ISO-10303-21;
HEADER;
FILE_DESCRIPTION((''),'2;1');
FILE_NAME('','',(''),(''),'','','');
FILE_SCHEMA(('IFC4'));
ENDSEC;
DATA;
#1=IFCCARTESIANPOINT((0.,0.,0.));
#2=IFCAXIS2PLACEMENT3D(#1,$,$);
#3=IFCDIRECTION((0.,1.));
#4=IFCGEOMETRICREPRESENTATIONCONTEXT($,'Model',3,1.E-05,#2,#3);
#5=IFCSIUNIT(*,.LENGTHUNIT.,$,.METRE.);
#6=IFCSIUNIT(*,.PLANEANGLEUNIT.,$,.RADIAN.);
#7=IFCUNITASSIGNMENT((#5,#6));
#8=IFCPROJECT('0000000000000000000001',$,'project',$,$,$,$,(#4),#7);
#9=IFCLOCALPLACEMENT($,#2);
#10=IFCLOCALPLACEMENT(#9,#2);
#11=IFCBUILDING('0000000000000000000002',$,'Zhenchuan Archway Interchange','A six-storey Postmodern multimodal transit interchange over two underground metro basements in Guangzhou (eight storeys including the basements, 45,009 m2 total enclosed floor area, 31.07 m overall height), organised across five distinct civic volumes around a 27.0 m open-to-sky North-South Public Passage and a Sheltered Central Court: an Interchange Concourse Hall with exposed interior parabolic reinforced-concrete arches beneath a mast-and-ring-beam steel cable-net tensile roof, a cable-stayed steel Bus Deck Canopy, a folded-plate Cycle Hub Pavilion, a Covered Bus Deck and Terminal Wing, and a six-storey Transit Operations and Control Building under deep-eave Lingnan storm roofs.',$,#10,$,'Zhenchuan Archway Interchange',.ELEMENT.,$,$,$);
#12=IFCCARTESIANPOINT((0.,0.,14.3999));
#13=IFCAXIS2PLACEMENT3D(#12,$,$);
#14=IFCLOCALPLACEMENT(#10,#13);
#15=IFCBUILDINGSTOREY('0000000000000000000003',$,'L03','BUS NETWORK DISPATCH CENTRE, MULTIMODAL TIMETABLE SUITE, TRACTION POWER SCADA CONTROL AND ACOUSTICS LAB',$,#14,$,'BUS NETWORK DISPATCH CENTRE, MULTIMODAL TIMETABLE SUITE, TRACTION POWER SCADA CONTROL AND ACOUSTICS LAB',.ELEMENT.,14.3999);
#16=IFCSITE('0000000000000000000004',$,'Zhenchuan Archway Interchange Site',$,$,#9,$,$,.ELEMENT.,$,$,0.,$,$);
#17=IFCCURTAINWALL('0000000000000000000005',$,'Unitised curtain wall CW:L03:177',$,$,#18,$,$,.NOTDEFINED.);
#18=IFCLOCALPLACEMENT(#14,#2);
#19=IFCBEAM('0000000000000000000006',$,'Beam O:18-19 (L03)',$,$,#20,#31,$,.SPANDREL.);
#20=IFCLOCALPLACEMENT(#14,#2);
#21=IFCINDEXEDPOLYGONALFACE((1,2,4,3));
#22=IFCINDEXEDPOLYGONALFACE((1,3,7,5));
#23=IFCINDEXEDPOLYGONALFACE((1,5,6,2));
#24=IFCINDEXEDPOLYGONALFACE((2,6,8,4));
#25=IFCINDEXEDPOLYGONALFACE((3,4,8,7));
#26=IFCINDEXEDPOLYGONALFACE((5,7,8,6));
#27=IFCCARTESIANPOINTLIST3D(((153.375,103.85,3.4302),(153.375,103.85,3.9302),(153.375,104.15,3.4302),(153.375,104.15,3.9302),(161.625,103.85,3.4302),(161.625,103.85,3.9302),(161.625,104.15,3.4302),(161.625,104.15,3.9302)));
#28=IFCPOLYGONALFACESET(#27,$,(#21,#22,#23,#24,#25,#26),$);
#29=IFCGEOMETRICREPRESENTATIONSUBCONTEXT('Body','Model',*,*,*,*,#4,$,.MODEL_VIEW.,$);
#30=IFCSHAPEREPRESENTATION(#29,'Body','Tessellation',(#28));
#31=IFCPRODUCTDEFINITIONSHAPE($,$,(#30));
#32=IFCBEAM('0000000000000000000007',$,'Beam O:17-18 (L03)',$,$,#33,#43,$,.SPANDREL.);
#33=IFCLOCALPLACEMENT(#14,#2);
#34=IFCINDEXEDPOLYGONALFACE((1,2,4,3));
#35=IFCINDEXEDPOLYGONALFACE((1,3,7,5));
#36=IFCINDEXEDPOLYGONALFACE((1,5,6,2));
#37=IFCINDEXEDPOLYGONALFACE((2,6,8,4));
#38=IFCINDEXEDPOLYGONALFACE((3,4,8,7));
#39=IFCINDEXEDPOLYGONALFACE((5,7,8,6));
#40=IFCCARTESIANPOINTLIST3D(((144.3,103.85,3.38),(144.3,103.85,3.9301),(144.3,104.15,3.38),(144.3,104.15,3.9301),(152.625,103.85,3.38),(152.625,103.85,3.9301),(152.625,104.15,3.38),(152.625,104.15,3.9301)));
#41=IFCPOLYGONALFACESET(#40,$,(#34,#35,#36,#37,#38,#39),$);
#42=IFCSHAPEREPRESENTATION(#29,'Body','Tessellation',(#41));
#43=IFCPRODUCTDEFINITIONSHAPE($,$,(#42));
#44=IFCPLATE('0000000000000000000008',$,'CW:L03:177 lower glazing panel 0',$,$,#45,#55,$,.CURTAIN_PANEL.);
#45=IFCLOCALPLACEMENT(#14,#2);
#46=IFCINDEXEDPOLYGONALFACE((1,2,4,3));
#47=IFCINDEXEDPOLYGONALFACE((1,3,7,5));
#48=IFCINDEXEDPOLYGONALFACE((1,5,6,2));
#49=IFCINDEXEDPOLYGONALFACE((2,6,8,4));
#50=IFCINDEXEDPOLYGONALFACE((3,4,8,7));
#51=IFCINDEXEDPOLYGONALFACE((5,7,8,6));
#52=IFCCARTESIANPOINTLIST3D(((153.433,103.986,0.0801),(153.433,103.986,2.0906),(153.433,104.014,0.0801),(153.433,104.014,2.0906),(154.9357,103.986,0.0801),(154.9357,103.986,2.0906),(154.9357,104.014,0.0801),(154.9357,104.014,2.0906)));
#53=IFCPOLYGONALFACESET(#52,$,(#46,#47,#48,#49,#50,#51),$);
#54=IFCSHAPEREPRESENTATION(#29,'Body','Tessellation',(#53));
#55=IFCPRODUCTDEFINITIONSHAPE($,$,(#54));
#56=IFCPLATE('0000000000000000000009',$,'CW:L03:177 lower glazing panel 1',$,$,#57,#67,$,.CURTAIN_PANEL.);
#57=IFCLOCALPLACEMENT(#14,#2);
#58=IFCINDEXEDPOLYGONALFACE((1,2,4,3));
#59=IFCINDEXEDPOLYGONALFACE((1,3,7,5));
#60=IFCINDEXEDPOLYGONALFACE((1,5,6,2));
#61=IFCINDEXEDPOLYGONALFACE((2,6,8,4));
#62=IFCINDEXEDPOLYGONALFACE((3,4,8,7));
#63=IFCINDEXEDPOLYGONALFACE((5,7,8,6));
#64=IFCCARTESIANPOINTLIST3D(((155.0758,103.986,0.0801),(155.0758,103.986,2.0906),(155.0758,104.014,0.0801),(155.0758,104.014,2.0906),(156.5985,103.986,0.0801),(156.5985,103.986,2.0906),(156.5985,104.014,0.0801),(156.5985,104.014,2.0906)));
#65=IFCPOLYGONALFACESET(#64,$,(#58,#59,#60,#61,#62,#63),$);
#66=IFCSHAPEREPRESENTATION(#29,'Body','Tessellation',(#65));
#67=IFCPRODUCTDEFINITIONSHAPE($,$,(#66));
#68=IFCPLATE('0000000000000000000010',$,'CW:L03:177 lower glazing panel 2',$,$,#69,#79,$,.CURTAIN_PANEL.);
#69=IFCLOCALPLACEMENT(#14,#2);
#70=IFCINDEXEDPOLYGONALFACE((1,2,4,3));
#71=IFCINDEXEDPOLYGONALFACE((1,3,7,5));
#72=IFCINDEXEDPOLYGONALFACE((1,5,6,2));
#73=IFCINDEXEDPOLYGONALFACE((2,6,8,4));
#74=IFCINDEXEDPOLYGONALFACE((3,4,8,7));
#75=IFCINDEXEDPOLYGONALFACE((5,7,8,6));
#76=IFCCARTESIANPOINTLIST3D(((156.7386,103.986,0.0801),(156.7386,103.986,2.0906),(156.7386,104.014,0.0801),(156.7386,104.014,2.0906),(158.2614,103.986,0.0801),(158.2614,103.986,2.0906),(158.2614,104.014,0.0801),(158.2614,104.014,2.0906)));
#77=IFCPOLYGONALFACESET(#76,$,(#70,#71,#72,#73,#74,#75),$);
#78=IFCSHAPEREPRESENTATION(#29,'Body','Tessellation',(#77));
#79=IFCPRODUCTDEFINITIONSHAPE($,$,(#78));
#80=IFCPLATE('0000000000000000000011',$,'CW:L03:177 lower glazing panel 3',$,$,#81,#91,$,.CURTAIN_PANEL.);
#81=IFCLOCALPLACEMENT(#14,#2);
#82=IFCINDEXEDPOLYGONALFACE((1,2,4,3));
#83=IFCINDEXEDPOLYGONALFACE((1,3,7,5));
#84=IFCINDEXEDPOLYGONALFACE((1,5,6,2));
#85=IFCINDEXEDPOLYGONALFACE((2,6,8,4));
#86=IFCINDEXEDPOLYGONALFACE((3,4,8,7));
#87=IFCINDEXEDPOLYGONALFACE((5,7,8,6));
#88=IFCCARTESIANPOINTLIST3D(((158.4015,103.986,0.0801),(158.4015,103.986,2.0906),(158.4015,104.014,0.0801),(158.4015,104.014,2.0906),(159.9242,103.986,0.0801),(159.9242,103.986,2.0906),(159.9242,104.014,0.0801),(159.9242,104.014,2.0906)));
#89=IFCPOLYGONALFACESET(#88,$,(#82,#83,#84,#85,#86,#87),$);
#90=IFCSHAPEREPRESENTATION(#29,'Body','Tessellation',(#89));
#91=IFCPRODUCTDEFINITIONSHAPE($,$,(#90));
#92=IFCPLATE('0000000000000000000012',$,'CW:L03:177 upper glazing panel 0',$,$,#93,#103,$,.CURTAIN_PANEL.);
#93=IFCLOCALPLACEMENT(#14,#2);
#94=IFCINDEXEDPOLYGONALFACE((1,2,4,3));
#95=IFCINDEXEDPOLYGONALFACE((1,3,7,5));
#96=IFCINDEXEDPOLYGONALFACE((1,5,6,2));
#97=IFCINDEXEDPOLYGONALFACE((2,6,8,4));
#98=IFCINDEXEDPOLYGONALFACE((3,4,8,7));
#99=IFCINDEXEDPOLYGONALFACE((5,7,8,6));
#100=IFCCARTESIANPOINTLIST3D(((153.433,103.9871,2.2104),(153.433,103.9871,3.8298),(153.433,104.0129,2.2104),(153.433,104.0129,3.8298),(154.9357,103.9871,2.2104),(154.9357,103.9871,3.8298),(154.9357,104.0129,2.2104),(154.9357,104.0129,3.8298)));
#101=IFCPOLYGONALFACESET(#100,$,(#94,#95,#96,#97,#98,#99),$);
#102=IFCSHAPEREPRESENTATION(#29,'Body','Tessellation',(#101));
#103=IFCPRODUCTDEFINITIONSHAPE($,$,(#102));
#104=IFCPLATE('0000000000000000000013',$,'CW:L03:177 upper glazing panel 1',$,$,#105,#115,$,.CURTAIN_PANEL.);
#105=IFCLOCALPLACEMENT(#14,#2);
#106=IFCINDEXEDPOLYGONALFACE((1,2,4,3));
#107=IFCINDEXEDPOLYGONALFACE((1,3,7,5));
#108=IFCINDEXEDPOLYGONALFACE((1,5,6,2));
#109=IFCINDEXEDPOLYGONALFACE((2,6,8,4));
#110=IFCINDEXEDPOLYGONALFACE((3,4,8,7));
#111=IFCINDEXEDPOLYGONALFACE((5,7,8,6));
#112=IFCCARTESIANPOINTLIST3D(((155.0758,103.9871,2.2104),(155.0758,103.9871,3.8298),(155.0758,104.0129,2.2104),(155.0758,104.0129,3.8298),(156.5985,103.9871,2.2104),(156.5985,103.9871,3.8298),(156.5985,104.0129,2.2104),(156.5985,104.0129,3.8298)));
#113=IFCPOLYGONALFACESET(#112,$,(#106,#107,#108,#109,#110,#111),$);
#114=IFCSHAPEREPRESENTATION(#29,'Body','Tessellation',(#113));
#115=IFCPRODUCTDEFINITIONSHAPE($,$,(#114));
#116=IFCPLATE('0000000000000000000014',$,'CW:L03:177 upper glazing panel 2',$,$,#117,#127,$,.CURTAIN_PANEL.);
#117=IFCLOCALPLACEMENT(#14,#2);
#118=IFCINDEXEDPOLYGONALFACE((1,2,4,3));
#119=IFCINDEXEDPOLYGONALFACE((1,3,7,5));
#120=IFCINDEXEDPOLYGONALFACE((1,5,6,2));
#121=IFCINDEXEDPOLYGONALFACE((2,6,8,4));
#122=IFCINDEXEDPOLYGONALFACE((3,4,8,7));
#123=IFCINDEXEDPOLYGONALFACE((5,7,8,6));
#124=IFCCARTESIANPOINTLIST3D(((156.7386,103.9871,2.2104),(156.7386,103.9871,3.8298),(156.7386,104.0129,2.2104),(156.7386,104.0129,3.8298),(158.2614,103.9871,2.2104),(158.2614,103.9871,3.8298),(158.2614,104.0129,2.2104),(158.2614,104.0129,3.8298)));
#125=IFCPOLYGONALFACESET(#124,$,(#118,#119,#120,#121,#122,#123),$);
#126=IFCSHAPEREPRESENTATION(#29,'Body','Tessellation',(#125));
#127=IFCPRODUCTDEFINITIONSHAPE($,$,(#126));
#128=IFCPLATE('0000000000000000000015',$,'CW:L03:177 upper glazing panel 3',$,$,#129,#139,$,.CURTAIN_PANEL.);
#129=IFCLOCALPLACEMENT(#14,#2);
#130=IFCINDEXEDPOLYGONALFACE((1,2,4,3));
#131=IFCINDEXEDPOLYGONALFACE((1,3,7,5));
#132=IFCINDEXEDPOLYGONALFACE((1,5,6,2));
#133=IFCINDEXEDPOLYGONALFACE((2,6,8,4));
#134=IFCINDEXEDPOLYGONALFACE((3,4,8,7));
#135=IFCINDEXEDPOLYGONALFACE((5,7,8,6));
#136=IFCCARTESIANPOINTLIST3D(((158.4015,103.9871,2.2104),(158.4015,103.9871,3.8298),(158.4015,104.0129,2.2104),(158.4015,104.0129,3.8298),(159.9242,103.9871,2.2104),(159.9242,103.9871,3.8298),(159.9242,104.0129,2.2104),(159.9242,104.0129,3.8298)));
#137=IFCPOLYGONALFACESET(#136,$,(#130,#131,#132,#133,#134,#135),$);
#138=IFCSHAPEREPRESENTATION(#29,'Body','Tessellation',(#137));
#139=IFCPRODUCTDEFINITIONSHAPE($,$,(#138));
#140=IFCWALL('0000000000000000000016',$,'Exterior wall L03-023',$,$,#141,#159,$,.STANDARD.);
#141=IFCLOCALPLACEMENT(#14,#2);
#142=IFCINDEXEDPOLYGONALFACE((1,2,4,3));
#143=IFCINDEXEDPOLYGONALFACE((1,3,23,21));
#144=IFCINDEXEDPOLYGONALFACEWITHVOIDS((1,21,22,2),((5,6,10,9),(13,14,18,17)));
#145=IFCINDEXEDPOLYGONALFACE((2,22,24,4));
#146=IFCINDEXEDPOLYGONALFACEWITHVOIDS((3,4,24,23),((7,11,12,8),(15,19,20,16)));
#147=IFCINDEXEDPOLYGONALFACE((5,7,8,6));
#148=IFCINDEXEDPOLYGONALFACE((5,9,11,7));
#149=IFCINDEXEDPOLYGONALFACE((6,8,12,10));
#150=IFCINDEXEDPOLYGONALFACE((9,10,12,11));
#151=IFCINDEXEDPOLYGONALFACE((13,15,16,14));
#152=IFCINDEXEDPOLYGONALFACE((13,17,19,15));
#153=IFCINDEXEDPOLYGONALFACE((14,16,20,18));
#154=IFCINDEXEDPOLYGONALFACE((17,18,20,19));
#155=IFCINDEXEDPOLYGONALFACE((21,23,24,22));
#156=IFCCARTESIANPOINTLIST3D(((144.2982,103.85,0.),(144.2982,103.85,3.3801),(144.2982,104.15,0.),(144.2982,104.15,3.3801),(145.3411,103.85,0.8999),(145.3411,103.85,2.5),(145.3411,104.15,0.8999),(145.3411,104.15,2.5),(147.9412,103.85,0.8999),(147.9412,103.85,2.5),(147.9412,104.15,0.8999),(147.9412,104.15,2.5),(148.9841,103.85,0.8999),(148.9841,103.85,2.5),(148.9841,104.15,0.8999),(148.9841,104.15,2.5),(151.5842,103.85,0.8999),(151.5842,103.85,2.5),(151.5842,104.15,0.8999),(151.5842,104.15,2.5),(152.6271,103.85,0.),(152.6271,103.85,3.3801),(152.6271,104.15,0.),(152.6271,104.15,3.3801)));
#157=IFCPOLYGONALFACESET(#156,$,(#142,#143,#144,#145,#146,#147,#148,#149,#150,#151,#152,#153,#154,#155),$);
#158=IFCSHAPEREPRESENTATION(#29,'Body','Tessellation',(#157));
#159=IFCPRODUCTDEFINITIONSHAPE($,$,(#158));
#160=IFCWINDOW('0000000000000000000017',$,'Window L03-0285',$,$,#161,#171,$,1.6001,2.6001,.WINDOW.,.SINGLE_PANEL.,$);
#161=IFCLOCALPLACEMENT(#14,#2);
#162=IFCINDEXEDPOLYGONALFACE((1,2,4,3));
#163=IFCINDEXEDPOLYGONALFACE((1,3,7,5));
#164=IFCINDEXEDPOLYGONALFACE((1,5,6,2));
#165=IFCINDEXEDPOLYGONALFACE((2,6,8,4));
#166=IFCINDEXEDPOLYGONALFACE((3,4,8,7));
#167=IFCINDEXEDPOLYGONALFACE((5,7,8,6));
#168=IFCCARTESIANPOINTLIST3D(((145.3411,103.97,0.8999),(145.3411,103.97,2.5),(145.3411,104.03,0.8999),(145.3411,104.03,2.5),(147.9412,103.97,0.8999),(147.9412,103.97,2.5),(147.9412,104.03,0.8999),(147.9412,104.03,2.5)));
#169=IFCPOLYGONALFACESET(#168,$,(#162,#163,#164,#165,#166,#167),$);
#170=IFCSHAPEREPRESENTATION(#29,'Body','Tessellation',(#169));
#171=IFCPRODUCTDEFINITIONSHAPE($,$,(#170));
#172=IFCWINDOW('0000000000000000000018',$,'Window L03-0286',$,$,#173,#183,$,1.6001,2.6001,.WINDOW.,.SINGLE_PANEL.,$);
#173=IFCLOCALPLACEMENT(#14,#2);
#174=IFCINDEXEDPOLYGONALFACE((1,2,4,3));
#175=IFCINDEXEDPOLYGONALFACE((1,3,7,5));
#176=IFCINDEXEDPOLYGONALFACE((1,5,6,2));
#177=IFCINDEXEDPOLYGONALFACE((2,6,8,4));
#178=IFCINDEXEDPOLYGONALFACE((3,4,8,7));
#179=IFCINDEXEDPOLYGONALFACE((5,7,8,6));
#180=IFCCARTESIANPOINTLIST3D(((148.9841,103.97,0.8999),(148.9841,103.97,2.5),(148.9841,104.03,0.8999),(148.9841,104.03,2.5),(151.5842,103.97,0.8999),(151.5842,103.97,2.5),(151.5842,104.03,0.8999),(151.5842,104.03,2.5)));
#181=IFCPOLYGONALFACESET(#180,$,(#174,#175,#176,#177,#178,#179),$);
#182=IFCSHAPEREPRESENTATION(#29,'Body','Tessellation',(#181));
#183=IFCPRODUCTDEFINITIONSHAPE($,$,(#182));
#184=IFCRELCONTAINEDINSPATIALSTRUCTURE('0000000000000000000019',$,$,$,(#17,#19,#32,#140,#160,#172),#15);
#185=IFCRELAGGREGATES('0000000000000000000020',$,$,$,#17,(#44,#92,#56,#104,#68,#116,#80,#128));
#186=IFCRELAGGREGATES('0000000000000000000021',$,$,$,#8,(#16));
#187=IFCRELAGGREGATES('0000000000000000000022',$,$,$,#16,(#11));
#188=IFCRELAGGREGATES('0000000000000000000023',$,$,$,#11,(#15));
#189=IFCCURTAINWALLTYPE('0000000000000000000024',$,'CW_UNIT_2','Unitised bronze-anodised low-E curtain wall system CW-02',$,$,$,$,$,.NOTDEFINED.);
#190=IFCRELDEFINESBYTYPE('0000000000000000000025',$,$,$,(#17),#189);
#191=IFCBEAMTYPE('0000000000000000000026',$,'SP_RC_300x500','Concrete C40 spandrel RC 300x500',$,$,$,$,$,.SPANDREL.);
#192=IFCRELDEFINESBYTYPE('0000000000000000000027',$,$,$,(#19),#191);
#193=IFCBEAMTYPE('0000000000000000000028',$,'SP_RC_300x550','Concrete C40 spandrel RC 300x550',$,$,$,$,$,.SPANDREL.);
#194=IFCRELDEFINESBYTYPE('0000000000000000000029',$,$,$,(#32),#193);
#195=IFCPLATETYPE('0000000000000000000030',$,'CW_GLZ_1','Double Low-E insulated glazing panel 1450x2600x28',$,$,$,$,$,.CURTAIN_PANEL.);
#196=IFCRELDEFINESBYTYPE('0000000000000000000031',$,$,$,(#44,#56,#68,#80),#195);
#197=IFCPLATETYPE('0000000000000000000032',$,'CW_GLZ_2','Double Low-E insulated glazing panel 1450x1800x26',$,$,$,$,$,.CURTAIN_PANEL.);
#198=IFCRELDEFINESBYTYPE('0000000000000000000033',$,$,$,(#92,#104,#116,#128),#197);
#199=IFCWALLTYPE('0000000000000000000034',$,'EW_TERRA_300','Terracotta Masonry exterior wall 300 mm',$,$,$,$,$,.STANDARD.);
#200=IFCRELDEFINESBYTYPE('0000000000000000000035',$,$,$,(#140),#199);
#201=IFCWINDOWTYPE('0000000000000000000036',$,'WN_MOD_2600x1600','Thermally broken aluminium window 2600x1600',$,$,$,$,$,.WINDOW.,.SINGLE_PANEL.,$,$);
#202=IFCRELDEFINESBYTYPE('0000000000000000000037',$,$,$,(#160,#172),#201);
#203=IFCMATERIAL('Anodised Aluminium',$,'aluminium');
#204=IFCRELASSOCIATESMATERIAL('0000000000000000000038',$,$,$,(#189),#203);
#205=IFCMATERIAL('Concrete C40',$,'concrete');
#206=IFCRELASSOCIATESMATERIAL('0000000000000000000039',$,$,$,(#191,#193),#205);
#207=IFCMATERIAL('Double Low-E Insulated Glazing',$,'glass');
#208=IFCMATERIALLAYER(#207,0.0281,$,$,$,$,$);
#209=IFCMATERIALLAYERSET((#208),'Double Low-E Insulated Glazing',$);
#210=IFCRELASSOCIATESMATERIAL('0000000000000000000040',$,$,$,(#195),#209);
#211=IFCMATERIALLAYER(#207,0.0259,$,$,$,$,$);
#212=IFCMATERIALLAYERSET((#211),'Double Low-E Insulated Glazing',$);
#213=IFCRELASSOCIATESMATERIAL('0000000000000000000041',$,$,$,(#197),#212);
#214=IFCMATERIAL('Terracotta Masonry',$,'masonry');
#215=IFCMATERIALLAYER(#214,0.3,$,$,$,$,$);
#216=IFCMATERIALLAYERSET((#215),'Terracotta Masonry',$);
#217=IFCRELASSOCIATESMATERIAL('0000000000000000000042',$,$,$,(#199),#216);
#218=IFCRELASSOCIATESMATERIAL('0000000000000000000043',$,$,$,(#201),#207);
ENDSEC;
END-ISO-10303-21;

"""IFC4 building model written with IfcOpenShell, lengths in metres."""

from ifc_helpers import new_model, si_unit, direction, frame, frame_2d, origin, origin_2d, place, context, subcontext, project, spatial, rectangle, extrude, material, layer, layer_set, material_profile, profile_set, type_object, element, fill, aggregate, save


model = new_model("IFC4")

# Units and contexts
model_context = context("Model", 3, precision=1e-05, world=origin(), true_north=direction((0.0, 1.0)))
body_context = subcontext(model_context, "Body", "Model", "MODEL_VIEW")
ifc_project = project(units=[si_unit("LENGTHUNIT", "METRE"), si_unit("PLANEANGLEUNIT", "RADIAN")], contexts=[model_context])

# Site, building, storey
site_placement = place(None, origin())
site = spatial("IfcSite", under=ifc_project, at=site_placement, Name="Zhenchuan Archway Interchange Site", CompositionType="ELEMENT", RefElevation=0.0)
building_placement = place(site_placement, origin())
building = spatial("IfcBuilding", under=site, at=building_placement, Name="Zhenchuan Archway Interchange", Description="A six-storey Postmodern multimodal transit interchange over two underground metro basements in Guangzhou (eight storeys including the basements, 45,009 m2 total enclosed floor area, 31.07 m overall height), organised across five distinct civic volumes around a 27.0 m open-to-sky North-South Public Passage and a Sheltered Central Court: an Interchange Concourse Hall with exposed interior parabolic reinforced-concrete arches beneath a mast-and-ring-beam steel cable-net tensile roof, a cable-stayed steel Bus Deck Canopy, a folded-plate Cycle Hub Pavilion, a Covered Bus Deck and Terminal Wing, and a six-storey Transit Operations and Control Building under deep-eave Lingnan storm roofs.", LongName="Zhenchuan Archway Interchange", CompositionType="ELEMENT")
storey_placement = place(building_placement, frame((0.0, 0.0, 14.3999)))
storey = spatial("IfcBuildingStorey", under=building, at=storey_placement, Name="L03", Description="BUS NETWORK DISPATCH CENTRE, MULTIMODAL TIMETABLE SUITE, TRACTION POWER SCADA CONTROL AND ACOUSTICS LAB", LongName="BUS NETWORK DISPATCH CENTRE, MULTIMODAL TIMETABLE SUITE, TRACTION POWER SCADA CONTROL AND ACOUSTICS LAB", CompositionType="ELEMENT", Elevation=14.3999)

# Shared definitions
ifc_material_1 = material(Name="Concrete C40", Category="concrete")

# Curtain wall
ifc_material_2 = material(Name="Anodised Aluminium", Category="aluminium")
curtain_wall_type = type_object("IfcCurtainWallType", Name="CW_UNIT_2", Description="Unitised bronze-anodised low-E curtain wall system CW-02", PredefinedType="NOTDEFINED", material=ifc_material_2)
curtain_wall_placement = place(storey_placement, origin())
curtain_wall = element("IfcCurtainWall", 1, at=curtain_wall_placement, inside=storey, type_object=curtain_wall_type, Name="Unitised curtain wall CW:L03:177", PredefinedType="NOTDEFINED")

# Beams
ifc_material_profile_1 = material_profile(ifc_material_1, rectangle(XDim=0.3, YDim=0.5, at=origin_2d()), Name="RC 300x500")
ifc_profile_set_1 = profile_set([ifc_material_profile_1], Name="Concrete C40")
beam_type_1 = type_object("IfcBeamType", Name="SP_RC_300x500", Description="Concrete C40 spandrel RC 300x500", PredefinedType="SPANDREL", material=ifc_profile_set_1)
beam_1_placement = place(storey_placement, frame((153.375, 104.0, 3.6802), z_axis=(1.0, 0.0, 0.0), x_axis=(0.0, 1.0, 0.0)))
element("IfcBeam", 2, at=beam_1_placement, inside=storey, type_object=beam_type_1, Name="Beam O:18-19 (L03)", PredefinedType="SPANDREL", context=body_context, shape_type="SweptSolid", body=[
    extrude(rectangle(XDim=0.3, YDim=0.5, at=origin_2d()), origin(), (0.0, 0.0, 1.0), 8.25),
])
ifc_material_profile_2 = material_profile(ifc_material_1, rectangle(XDim=0.3, YDim=0.55, at=origin_2d()), Name="RC 300x550")
ifc_profile_set_2 = profile_set([ifc_material_profile_2], Name="Concrete C40")
beam_type_2 = type_object("IfcBeamType", Name="SP_RC_300x550", Description="Concrete C40 spandrel RC 300x550", PredefinedType="SPANDREL", material=ifc_profile_set_2)
beam_2_placement = place(storey_placement, frame((144.3, 104.0, 3.655), z_axis=(1.0, 0.0, 0.0), x_axis=(0.0, 1.0, 0.0)))
element("IfcBeam", 3, at=beam_2_placement, inside=storey, type_object=beam_type_2, Name="Beam O:17-18 (L03)", PredefinedType="SPANDREL", context=body_context, shape_type="SweptSolid", body=[
    extrude(rectangle(XDim=0.3, YDim=0.55, at=origin_2d()), origin(), (0.0, 0.0, 1.0), 8.325),
])

# Plates
ifc_material_3 = material(Name="Double Low-E Insulated Glazing", Category="glass")
ifc_layer_1 = layer(ifc_material_3, 0.0281)
ifc_layer_set_1 = layer_set([ifc_layer_1], Name="Double Low-E Insulated Glazing")
plate_type_1 = type_object("IfcPlateType", Name="CW_GLZ_1", Description="Double Low-E insulated glazing panel 1450x2600x28", PredefinedType="CURTAIN_PANEL", material=ifc_layer_set_1)
plate_1_placement = place(storey_placement, frame((154.1843, 104.0, 0.0801), z_axis=(0.0, 0.0, 1.0), x_axis=(1.0, 0.0, 0.0)))
plate_1 = element("IfcPlate", 4, at=plate_1_placement, type_object=plate_type_1, Name="CW:L03:177 lower glazing panel 0", PredefinedType="CURTAIN_PANEL", context=body_context, shape_type="SweptSolid", body=[
    extrude(rectangle(XDim=1.5027, YDim=0.0281, at=origin_2d()), origin(), (0.0, 0.0, 1.0), 2.0105),
])
plate_2_placement = place(storey_placement, frame((155.8372, 104.0, 0.0801), z_axis=(0.0, 0.0, 1.0), x_axis=(1.0, 0.0, 0.0)))
plate_2 = element("IfcPlate", 5, at=plate_2_placement, type_object=plate_type_1, Name="CW:L03:177 lower glazing panel 1", PredefinedType="CURTAIN_PANEL", context=body_context, shape_type="SweptSolid", body=[
    extrude(rectangle(XDim=1.5227, YDim=0.0281, at=origin_2d()), origin(), (0.0, 0.0, 1.0), 2.0105),
])
plate_3_placement = place(storey_placement, frame((157.5, 104.0, 0.0801), z_axis=(0.0, 0.0, 1.0), x_axis=(1.0, 0.0, 0.0)))
plate_3 = element("IfcPlate", 6, at=plate_3_placement, type_object=plate_type_1, Name="CW:L03:177 lower glazing panel 2", PredefinedType="CURTAIN_PANEL", context=body_context, shape_type="SweptSolid", body=[
    extrude(rectangle(XDim=1.5227, YDim=0.0281, at=origin_2d()), origin(), (0.0, 0.0, 1.0), 2.0105),
])
plate_4_placement = place(storey_placement, frame((159.1628, 104.0, 0.0801), z_axis=(0.0, 0.0, 1.0), x_axis=(1.0, 0.0, 0.0)))
plate_4 = element("IfcPlate", 7, at=plate_4_placement, type_object=plate_type_1, Name="CW:L03:177 lower glazing panel 3", PredefinedType="CURTAIN_PANEL", context=body_context, shape_type="SweptSolid", body=[
    extrude(rectangle(XDim=1.5227, YDim=0.0281, at=origin_2d()), origin(), (0.0, 0.0, 1.0), 2.0105),
])
ifc_layer_2 = layer(ifc_material_3, 0.0259)
ifc_layer_set_2 = layer_set([ifc_layer_2], Name="Double Low-E Insulated Glazing")
plate_type_2 = type_object("IfcPlateType", Name="CW_GLZ_2", Description="Double Low-E insulated glazing panel 1450x1800x26", PredefinedType="CURTAIN_PANEL", material=ifc_layer_set_2)
plate_5_placement = place(storey_placement, frame((154.1843, 104.0, 2.2104), z_axis=(0.0, 0.0, 1.0), x_axis=(1.0, 0.0, 0.0)))
plate_5 = element("IfcPlate", 8, at=plate_5_placement, type_object=plate_type_2, Name="CW:L03:177 upper glazing panel 0", PredefinedType="CURTAIN_PANEL", context=body_context, shape_type="SweptSolid", body=[
    extrude(rectangle(XDim=1.5027, YDim=0.0259, at=origin_2d()), origin(), (0.0, 0.0, 1.0), 1.6194),
])
plate_6_placement = place(storey_placement, frame((155.8372, 104.0, 2.2104), z_axis=(0.0, 0.0, 1.0), x_axis=(1.0, 0.0, 0.0)))
plate_6 = element("IfcPlate", 9, at=plate_6_placement, type_object=plate_type_2, Name="CW:L03:177 upper glazing panel 1", PredefinedType="CURTAIN_PANEL", context=body_context, shape_type="SweptSolid", body=[
    extrude(rectangle(XDim=1.5227, YDim=0.0259, at=origin_2d()), origin(), (0.0, 0.0, 1.0), 1.6194),
])
plate_7_placement = place(storey_placement, frame((157.5, 104.0, 2.2104), z_axis=(0.0, 0.0, 1.0), x_axis=(1.0, 0.0, 0.0)))
plate_7 = element("IfcPlate", 10, at=plate_7_placement, type_object=plate_type_2, Name="CW:L03:177 upper glazing panel 2", PredefinedType="CURTAIN_PANEL", context=body_context, shape_type="SweptSolid", body=[
    extrude(rectangle(XDim=1.5227, YDim=0.0259, at=origin_2d()), origin(), (0.0, 0.0, 1.0), 1.6194),
])
plate_8_placement = place(storey_placement, frame((159.1628, 104.0, 2.2104), z_axis=(0.0, 0.0, 1.0), x_axis=(1.0, 0.0, 0.0)))
plate_8 = element("IfcPlate", 11, at=plate_8_placement, type_object=plate_type_2, Name="CW:L03:177 upper glazing panel 3", PredefinedType="CURTAIN_PANEL", context=body_context, shape_type="SweptSolid", body=[
    extrude(rectangle(XDim=1.5227, YDim=0.0259, at=origin_2d()), origin(), (0.0, 0.0, 1.0), 1.6194),
])
aggregate(curtain_wall, [plate_1, plate_5, plate_2, plate_6, plate_3, plate_7, plate_4, plate_8])

# Wall, openings, windows
ifc_material_4 = material(Name="Terracotta Masonry", Category="masonry")
ifc_layer_3 = layer(ifc_material_4, 0.3)
ifc_layer_set_3 = layer_set([ifc_layer_3], Name="Terracotta Masonry")
wall_type = type_object("IfcWallType", Name="EW_TERRA_300", Description="Terracotta Masonry exterior wall 300 mm", PredefinedType="STANDARD", material=ifc_layer_set_3)
wall_placement = place(storey_placement, frame((144.2981, 104.0, 0.0), z_axis=(0.0, 0.0, 1.0), x_axis=(1.0, 0.0, 0.0)))
wall = element("IfcWall", 12, at=wall_placement, inside=storey, type_object=wall_type, Name="Exterior wall L03-023", PredefinedType="STANDARD", context=body_context, shape_type="SweptSolid", body=[
    extrude(rectangle(XDim=8.3289, YDim=0.3, at=frame_2d((4.1646, 0.0))), origin(), (0.0, 0.0, 1.0), 3.3801),
])
opening_1_placement = place(wall_placement, frame((1.043, 0.0, 0.8999)))
opening_1 = element("IfcOpeningElement", 13, at=opening_1_placement, cuts=wall, PredefinedType="OPENING", context=body_context, shape_type="SweptSolid", body=[
    extrude(rectangle(XDim=2.6001, YDim=1.6001, at=frame_2d((1.3, 0.8))), frame((0.0, 0.1621, 0.0), z_axis=(0.0, -1.0, 0.0), x_axis=(1.0, 0.0, 0.0)), (0.0, 0.0, 1.0), 0.324),
])
opening_2_placement = place(wall_placement, frame((4.686, 0.0, 0.8999)))
opening_2 = element("IfcOpeningElement", 14, at=opening_2_placement, cuts=wall, PredefinedType="OPENING", context=body_context, shape_type="SweptSolid", body=[
    extrude(rectangle(XDim=2.6001, YDim=1.6001, at=frame_2d((1.3, 0.8))), frame((0.0, 0.1621, 0.0), z_axis=(0.0, -1.0, 0.0), x_axis=(1.0, 0.0, 0.0)), (0.0, 0.0, 1.0), 0.324),
])
window_type = type_object("IfcWindowType", Name="WN_MOD_2600x1600", Description="Thermally broken aluminium window 2600x1600", PartitioningType="SINGLE_PANEL", PredefinedType="WINDOW", material=ifc_material_3)
window_1_placement = place(opening_1_placement, origin())
window_1 = element("IfcWindow", 15, at=window_1_placement, inside=storey, type_object=window_type, Name="Window L03-0285", OverallHeight=1.6001, OverallWidth=2.6001, PartitioningType="SINGLE_PANEL", PredefinedType="WINDOW", context=body_context, shape_type="SweptSolid", body=[
    extrude(rectangle(XDim=2.6001, YDim=1.6001, at=frame_2d((1.3, 0.8))), frame((0.0, 0.03, 0.0), z_axis=(0.0, -1.0, 0.0), x_axis=(1.0, 0.0, 0.0)), (0.0, 0.0, 1.0), 0.0601),
])
fill(opening_1, window_1)
window_2_placement = place(opening_2_placement, origin())
window_2 = element("IfcWindow", 16, at=window_2_placement, inside=storey, type_object=window_type, Name="Window L03-0286", OverallHeight=1.6001, OverallWidth=2.6001, PartitioningType="SINGLE_PANEL", PredefinedType="WINDOW", context=body_context, shape_type="SweptSolid", body=[
    extrude(rectangle(XDim=2.6001, YDim=1.6001, at=frame_2d((1.3, 0.8))), frame((0.0, 0.03, 0.0), z_axis=(0.0, -1.0, 0.0), x_axis=(1.0, 0.0, 0.0)), (0.0, 0.0, 1.0), 0.0601),
])
fill(opening_2, window_2)

save(model, "model.ifc")
